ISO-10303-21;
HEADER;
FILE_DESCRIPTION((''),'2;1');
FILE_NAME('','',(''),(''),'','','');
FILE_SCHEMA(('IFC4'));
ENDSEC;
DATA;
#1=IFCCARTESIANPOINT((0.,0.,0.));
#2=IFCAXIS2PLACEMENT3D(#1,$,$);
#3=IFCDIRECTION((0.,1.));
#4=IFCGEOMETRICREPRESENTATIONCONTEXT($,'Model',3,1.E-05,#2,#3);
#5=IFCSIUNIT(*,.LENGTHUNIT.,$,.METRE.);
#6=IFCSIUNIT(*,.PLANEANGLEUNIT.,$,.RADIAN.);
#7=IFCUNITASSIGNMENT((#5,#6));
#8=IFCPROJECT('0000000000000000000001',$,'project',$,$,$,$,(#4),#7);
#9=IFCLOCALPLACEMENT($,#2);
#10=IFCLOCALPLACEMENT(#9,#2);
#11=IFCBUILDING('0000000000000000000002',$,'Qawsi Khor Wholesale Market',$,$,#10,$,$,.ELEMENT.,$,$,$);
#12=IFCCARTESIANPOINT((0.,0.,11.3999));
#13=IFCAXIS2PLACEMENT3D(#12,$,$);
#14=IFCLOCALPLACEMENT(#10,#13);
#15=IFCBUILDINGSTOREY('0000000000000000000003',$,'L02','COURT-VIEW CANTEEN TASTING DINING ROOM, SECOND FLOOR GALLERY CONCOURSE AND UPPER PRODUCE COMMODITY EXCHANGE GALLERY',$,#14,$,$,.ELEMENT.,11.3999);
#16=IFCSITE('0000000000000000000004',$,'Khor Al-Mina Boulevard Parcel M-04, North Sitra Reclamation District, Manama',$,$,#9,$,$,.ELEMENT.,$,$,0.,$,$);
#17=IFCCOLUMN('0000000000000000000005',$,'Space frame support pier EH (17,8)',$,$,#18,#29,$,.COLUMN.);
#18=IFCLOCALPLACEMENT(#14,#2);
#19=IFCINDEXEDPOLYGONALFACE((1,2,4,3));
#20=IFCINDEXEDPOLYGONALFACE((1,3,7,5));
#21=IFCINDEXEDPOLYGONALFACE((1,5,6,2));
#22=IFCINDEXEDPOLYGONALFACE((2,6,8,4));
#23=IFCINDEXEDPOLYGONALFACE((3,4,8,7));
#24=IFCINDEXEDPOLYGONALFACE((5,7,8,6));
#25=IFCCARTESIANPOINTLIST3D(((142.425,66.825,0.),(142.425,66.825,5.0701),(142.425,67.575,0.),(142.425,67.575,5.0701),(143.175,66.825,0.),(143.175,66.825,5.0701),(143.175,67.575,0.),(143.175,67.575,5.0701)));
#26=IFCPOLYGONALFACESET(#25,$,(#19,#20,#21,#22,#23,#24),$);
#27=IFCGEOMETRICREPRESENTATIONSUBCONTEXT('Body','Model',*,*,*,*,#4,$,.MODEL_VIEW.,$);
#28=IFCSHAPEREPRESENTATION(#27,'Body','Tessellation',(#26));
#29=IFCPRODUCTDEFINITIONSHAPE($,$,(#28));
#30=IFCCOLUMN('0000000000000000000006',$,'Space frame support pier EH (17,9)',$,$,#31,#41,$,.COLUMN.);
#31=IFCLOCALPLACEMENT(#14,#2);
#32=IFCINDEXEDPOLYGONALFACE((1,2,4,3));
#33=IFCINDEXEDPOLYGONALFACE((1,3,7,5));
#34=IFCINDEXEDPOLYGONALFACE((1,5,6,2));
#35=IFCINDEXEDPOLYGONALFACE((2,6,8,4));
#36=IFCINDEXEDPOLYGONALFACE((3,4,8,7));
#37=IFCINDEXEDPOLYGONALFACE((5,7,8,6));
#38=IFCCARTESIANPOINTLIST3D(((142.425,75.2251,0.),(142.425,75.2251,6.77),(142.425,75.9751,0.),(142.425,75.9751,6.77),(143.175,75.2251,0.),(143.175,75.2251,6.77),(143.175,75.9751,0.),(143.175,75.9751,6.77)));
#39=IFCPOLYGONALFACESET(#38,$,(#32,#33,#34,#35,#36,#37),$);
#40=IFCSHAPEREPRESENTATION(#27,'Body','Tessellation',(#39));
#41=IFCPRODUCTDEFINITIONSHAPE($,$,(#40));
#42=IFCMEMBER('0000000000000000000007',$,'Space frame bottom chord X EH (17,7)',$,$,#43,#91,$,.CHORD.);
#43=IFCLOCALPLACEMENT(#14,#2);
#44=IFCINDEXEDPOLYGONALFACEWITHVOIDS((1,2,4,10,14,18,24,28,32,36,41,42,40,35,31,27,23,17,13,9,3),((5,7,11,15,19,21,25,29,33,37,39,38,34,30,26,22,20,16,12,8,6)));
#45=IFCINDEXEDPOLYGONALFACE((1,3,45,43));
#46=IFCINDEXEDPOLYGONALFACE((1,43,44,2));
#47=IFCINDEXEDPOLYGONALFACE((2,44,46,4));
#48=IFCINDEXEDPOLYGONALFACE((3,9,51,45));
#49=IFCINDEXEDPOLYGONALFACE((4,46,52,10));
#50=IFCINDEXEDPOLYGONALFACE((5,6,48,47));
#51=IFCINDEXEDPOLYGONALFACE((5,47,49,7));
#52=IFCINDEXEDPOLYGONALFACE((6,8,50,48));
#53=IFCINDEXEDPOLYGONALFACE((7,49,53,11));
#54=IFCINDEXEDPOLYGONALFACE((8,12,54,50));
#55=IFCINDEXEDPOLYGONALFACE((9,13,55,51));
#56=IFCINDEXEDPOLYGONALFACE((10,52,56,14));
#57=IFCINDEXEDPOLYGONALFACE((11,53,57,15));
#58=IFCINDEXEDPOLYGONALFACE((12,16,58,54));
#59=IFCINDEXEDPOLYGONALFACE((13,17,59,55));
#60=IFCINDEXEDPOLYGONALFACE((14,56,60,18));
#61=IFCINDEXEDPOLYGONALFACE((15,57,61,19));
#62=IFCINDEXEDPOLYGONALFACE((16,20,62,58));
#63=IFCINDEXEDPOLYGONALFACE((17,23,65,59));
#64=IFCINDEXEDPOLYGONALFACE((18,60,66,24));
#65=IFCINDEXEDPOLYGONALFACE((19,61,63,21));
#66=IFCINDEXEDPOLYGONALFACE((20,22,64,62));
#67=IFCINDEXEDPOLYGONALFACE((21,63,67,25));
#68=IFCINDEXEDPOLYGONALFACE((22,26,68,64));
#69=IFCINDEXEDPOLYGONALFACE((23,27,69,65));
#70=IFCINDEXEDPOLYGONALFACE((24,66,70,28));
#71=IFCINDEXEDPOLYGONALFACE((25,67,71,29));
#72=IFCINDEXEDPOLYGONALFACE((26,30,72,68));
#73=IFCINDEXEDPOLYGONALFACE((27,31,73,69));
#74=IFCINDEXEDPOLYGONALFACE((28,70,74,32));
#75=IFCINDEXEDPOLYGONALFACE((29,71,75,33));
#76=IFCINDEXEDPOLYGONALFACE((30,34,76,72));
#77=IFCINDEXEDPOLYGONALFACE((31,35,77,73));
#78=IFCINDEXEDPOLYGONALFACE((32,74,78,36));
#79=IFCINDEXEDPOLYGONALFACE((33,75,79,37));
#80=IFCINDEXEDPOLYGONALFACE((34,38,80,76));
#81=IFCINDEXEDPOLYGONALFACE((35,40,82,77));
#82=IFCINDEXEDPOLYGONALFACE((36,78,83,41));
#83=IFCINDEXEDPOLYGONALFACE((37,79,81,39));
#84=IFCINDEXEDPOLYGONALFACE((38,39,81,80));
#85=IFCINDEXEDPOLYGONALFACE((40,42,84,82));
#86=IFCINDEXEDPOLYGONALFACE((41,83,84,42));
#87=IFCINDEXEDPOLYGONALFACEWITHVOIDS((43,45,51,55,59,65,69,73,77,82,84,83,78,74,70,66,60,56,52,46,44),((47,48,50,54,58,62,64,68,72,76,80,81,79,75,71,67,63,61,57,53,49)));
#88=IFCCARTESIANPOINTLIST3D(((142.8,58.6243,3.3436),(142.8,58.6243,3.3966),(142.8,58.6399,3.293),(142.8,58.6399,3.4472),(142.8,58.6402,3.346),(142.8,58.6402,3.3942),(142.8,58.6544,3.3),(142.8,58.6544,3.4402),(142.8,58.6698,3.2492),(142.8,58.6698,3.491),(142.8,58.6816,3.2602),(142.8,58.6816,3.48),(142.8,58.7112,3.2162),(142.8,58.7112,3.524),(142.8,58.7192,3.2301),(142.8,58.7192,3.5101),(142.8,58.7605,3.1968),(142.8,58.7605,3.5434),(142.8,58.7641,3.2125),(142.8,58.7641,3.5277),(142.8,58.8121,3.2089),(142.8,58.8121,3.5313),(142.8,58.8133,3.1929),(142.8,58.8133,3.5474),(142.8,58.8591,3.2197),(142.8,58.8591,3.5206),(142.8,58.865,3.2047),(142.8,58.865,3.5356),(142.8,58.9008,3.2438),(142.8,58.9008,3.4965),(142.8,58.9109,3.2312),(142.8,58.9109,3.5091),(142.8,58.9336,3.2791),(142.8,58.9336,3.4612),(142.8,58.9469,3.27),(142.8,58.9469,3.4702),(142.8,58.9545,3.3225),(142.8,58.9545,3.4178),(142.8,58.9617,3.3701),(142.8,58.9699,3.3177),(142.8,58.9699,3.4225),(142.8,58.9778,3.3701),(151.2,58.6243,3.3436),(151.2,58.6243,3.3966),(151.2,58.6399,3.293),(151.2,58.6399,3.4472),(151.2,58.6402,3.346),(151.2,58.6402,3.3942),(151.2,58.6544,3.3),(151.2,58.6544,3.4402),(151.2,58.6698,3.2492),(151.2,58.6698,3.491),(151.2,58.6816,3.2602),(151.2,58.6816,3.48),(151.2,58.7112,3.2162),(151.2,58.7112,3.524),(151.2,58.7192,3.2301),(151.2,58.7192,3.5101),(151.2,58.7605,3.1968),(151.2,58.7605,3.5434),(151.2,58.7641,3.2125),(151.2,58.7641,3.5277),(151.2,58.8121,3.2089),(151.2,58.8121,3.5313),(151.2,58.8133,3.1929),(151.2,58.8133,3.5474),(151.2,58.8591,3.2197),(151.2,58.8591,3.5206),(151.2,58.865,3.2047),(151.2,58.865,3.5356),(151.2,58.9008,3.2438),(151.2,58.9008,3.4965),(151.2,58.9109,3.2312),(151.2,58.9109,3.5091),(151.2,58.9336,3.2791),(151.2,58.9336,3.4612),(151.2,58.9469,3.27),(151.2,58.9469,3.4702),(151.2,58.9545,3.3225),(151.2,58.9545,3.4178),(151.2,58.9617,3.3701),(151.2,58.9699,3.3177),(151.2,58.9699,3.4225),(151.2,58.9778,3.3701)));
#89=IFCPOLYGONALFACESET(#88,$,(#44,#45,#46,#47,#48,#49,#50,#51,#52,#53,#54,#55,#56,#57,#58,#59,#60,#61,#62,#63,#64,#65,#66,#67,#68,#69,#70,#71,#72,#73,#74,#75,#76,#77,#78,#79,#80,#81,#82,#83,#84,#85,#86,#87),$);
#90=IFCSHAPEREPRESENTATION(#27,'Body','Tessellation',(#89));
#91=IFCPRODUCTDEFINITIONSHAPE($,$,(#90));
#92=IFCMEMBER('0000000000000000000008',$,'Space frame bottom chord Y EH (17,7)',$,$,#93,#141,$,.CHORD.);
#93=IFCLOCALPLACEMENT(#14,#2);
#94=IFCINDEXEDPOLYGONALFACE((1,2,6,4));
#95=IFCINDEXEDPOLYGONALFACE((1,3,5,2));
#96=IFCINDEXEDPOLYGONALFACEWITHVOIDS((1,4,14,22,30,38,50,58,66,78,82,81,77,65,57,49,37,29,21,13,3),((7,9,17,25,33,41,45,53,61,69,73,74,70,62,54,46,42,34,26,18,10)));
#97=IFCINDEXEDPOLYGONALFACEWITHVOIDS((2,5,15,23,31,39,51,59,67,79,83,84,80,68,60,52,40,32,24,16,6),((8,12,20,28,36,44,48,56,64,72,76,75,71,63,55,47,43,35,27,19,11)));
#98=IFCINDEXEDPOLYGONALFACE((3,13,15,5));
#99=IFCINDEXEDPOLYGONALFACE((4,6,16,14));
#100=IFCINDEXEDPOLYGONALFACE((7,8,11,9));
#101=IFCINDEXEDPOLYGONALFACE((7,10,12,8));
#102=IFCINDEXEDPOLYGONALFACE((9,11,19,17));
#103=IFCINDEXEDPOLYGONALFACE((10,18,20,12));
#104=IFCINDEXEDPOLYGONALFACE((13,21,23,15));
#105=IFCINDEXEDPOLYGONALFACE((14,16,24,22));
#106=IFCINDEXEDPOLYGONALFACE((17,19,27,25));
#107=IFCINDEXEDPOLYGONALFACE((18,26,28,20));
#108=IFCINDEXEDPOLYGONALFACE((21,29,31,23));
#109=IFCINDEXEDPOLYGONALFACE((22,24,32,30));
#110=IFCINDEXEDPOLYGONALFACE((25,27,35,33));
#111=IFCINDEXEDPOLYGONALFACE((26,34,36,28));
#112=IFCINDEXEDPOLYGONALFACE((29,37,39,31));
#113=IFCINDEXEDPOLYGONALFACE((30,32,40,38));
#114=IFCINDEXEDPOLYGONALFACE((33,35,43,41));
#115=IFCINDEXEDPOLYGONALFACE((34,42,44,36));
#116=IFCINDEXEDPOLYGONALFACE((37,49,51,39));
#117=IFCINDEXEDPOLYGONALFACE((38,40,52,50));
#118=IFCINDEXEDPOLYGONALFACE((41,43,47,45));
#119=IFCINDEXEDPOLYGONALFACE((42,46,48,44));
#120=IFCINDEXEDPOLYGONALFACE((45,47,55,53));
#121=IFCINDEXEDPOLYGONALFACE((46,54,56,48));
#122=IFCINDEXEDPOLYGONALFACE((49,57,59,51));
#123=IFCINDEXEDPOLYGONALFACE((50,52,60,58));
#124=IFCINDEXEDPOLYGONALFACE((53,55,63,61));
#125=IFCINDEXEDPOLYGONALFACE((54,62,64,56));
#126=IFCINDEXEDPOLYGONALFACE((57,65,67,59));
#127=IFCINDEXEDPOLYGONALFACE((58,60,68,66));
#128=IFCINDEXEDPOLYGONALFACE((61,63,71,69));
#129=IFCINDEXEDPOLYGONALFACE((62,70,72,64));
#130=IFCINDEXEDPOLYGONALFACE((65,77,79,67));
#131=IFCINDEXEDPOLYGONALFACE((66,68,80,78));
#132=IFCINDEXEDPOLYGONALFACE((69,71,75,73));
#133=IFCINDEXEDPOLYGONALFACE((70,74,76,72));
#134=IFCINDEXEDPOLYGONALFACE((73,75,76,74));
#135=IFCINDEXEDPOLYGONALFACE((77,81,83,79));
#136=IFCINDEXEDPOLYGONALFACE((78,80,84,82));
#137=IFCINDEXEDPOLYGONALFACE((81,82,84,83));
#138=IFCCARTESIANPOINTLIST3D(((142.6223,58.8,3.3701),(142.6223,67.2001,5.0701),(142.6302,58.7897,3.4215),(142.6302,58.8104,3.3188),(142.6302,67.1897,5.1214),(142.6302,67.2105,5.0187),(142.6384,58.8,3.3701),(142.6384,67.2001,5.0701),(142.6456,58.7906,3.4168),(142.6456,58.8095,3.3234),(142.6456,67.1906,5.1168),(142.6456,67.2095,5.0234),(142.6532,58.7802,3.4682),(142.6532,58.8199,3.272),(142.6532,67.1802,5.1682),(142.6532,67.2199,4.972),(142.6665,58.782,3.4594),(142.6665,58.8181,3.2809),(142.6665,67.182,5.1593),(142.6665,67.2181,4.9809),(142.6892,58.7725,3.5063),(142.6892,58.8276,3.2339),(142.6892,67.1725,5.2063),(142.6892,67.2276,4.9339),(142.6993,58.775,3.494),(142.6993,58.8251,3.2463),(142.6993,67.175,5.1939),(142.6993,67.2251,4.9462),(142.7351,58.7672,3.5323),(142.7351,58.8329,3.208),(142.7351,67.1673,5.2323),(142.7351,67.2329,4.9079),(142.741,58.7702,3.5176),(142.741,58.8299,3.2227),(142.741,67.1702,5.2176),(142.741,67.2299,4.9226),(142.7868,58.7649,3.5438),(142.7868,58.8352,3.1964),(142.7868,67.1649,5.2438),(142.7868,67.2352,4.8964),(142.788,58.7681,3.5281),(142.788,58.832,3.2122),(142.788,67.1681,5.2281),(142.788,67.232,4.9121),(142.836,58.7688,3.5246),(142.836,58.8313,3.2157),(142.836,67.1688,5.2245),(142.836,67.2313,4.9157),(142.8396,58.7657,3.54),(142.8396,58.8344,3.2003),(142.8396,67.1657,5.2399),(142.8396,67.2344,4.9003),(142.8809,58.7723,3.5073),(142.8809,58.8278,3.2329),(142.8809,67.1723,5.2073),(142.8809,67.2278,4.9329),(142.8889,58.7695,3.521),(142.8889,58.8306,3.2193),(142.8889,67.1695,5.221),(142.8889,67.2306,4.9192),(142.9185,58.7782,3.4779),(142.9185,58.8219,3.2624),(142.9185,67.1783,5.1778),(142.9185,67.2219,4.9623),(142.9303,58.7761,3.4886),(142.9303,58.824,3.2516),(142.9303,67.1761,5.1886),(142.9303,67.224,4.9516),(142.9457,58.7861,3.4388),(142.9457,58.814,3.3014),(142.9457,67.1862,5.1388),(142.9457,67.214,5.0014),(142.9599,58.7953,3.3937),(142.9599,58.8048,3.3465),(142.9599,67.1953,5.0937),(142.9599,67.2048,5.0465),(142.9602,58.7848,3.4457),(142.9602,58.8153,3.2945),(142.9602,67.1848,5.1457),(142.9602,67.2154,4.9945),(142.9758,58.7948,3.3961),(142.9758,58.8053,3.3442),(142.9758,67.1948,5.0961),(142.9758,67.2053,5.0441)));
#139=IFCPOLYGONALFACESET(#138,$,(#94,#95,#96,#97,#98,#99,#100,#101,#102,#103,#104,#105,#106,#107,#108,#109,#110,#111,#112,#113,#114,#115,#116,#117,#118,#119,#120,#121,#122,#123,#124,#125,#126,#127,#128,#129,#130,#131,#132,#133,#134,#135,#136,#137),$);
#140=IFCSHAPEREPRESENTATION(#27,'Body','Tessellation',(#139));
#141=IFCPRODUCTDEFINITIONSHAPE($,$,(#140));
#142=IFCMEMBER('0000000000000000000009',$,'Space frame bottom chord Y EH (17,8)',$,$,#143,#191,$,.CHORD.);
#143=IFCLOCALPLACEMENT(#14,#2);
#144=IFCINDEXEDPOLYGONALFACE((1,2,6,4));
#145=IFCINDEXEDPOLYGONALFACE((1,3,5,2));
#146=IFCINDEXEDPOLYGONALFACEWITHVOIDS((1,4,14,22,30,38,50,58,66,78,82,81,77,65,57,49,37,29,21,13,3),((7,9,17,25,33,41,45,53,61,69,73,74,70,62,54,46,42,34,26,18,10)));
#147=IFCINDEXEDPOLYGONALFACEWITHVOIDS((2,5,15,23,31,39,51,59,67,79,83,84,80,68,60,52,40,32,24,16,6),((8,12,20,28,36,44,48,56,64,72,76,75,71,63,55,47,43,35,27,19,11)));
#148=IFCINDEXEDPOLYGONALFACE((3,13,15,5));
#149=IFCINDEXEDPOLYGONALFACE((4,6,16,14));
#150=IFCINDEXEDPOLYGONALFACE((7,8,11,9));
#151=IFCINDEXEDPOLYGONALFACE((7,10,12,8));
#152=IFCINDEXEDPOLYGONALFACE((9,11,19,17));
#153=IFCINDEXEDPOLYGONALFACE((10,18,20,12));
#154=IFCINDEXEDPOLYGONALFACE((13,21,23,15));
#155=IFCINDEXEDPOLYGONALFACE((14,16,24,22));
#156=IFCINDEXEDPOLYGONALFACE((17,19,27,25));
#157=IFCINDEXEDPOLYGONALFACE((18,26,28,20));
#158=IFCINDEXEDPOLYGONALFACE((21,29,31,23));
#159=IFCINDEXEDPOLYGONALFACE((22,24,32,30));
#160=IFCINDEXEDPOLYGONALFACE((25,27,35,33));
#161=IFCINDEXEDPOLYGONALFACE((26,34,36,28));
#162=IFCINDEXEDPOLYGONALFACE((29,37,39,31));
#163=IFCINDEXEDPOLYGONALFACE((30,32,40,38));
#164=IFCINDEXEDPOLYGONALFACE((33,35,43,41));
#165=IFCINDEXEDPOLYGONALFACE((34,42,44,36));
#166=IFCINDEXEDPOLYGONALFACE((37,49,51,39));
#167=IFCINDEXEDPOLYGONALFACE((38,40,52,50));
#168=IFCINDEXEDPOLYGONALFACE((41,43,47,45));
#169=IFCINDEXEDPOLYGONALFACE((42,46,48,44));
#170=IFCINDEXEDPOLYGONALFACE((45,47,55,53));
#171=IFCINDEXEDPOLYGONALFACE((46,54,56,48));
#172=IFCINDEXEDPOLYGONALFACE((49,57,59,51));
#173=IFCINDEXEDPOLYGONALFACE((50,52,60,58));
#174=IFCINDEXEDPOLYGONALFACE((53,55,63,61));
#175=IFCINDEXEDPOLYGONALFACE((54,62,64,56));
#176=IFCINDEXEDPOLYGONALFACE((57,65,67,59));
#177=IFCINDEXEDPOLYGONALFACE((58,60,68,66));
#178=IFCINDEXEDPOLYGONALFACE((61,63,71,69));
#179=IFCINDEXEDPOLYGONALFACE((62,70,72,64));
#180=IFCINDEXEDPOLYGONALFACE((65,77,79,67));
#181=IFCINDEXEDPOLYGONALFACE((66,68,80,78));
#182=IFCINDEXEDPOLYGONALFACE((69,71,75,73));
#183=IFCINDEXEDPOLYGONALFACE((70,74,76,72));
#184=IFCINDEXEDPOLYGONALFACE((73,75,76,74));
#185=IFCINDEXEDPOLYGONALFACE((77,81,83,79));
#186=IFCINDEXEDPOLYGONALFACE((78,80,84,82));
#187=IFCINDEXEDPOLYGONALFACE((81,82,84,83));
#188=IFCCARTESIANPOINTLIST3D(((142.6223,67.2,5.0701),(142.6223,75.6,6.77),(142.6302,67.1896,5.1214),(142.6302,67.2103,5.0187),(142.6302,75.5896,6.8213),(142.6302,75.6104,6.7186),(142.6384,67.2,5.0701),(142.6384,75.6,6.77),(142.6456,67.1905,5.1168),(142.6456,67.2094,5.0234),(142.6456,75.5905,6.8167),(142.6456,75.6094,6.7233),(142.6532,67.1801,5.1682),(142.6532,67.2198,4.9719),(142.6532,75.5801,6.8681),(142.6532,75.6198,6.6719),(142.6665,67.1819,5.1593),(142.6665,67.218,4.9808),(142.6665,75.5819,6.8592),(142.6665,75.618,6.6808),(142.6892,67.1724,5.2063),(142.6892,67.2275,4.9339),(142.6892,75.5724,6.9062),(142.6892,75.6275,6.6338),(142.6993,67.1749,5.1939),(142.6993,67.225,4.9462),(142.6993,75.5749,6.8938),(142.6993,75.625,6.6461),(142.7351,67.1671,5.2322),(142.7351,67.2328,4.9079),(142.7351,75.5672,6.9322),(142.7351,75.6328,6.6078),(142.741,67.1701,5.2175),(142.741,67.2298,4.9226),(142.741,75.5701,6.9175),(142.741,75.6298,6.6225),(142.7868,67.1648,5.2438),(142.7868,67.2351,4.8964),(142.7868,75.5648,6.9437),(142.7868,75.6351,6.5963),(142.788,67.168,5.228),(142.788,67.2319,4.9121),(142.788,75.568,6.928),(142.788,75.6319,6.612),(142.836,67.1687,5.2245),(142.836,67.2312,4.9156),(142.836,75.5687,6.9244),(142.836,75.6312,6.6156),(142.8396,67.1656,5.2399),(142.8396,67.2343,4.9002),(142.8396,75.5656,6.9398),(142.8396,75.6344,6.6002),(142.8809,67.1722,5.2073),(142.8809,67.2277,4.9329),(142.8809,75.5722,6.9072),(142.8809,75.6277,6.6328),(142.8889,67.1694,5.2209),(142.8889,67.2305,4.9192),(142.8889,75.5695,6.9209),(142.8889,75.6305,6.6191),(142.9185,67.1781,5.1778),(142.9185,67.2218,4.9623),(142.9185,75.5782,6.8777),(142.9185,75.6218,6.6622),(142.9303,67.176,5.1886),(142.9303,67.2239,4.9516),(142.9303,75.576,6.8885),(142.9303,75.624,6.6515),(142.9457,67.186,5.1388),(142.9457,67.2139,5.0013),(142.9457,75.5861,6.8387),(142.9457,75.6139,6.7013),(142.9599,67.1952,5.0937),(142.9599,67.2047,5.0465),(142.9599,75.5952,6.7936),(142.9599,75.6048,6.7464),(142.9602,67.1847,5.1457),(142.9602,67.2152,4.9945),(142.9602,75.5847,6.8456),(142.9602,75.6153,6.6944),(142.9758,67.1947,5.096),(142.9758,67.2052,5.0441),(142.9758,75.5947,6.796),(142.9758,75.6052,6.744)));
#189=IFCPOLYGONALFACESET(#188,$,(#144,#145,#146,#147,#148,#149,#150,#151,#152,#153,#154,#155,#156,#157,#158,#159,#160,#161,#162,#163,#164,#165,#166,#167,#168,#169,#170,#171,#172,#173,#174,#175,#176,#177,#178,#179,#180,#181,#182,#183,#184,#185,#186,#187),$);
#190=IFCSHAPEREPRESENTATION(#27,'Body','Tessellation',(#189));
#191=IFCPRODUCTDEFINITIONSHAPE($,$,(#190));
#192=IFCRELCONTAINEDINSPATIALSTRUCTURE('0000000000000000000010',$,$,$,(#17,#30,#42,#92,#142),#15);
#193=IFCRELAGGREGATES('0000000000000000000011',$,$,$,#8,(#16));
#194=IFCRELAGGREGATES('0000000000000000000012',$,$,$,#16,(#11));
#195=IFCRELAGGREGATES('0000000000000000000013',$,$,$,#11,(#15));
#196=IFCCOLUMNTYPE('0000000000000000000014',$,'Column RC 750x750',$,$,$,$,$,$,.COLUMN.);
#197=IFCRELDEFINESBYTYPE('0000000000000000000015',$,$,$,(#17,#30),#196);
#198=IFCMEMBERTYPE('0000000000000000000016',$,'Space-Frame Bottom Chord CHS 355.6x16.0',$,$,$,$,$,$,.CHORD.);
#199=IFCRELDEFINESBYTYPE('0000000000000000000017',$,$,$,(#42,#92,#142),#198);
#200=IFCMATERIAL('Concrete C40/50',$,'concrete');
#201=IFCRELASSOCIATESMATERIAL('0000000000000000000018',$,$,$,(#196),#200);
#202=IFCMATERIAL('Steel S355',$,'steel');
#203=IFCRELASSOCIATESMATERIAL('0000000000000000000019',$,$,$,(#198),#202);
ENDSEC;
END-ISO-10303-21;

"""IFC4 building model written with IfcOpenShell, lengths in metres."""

from ifc_helpers import new_model, si_unit, direction, frame, origin, origin_2d, place, context, subcontext, project, spatial, rectangle, hollow_circle, extrude, material, material_profile, profile_set, type_object, element, save


model = new_model("IFC4")

# Units and contexts
model_context = context("Model", 3, precision=1e-05, world=origin(), true_north=direction((0.0, 1.0)))
body_context = subcontext(model_context, "Body", "Model", "MODEL_VIEW")
ifc_project = project(units=[si_unit("LENGTHUNIT", "METRE"), si_unit("PLANEANGLEUNIT", "RADIAN")], contexts=[model_context])

# Site, building, storey
site_placement = place(None, origin())
site = spatial("IfcSite", under=ifc_project, at=site_placement, Name="Khor Al-Mina Boulevard Parcel M-04, North Sitra Reclamation District, Manama", CompositionType="ELEMENT", RefElevation=0.0)
building_placement = place(site_placement, origin())
building = spatial("IfcBuilding", under=site, at=building_placement, Name="Qawsi Khor Wholesale Market", CompositionType="ELEMENT")
storey_placement = place(building_placement, frame((0.0, 0.0, 11.3999)))
storey = spatial("IfcBuildingStorey", under=building, at=storey_placement, Name="L02", Description="COURT-VIEW CANTEEN TASTING DINING ROOM, SECOND FLOOR GALLERY CONCOURSE AND UPPER PRODUCE COMMODITY EXCHANGE GALLERY", CompositionType="ELEMENT", Elevation=11.3999)

# Columns
ifc_material_1 = material(Name="Concrete C40/50", Category="concrete")
ifc_material_profile_1 = material_profile(ifc_material_1, rectangle(XDim=0.75, YDim=0.75, at=origin_2d()), Name="RC 750x750")
ifc_profile_set_1 = profile_set([ifc_material_profile_1], Name="Concrete C40/50")
column_type = type_object("IfcColumnType", Name="Column RC 750x750", PredefinedType="COLUMN", material=ifc_profile_set_1)
column_1_placement = place(storey_placement, frame((142.8, 67.2, 0.0), z_axis=(0.0, 0.0, 1.0), x_axis=(1.0, 0.0, 0.0)))
element("IfcColumn", 1, at=column_1_placement, inside=storey, type_object=column_type, Name="Space frame support pier EH (17,8)", PredefinedType="COLUMN", context=body_context, shape_type="SweptSolid", body=[
    extrude(rectangle(XDim=0.75, YDim=0.75, at=origin_2d()), origin(), (0.0, 0.0, 1.0), 5.0701),
])
column_2_placement = place(storey_placement, frame((142.8, 75.6001, 0.0), z_axis=(0.0, 0.0, 1.0), x_axis=(1.0, 0.0, 0.0)))
element("IfcColumn", 2, at=column_2_placement, inside=storey, type_object=column_type, Name="Space frame support pier EH (17,9)", PredefinedType="COLUMN", context=body_context, shape_type="SweptSolid", body=[
    extrude(rectangle(XDim=0.75, YDim=0.75, at=origin_2d()), origin(), (0.0, 0.0, 1.0), 6.77),
])

# Members
ifc_material_2 = material(Name="Steel S355", Category="steel")
ifc_material_profile_2 = material_profile(ifc_material_2, hollow_circle(Radius=0.1777, WallThickness=0.0161, at=origin_2d()), Name="CHS 355.6x16.0")
ifc_profile_set_2 = profile_set([ifc_material_profile_2], Name="Steel S355")
member_type_1 = type_object("IfcMemberType", Name="Space-Frame Bottom Chord CHS 355.6x16.0", PredefinedType="CHORD", material=ifc_profile_set_2)
member_1_placement = place(storey_placement, frame((142.8, 58.8, 3.3701), z_axis=(1.0, 0.0, 0.0), x_axis=(0.0, 1.0, 0.0)))
element("IfcMember", 3, at=member_1_placement, inside=storey, type_object=member_type_1, Name="Space frame bottom chord X EH (17,7)", PredefinedType="CHORD", context=body_context, shape_type="SweptSolid", body=[
    extrude(hollow_circle(Radius=0.1777, WallThickness=0.0161, at=origin_2d()), origin(), (0.0, 0.0, 1.0), 8.3999),
])
for number, where, z_axis, x_axis, name in (
    (4, (142.8, 58.8, 3.3701), (0.0, 0.98013, 0.198356), (-1.0, 0.0, 0.0), "Space frame bottom chord Y EH (17,7)"),
    (5, (142.8, 67.2, 5.0701), (0.0, 0.980131, 0.198351), (-1.0, 0.0, 0.0), "Space frame bottom chord Y EH (17,8)"),
):
    element("IfcMember", number, at=place(storey_placement, frame(where, z_axis=z_axis, x_axis=x_axis)), inside=storey, type_object=member_type_1, Name=name, PredefinedType="CHORD", context=body_context, shape_type="SweptSolid", body=[
        extrude(hollow_circle(Radius=0.1777, WallThickness=0.0161, at=origin_2d()), origin(), (0.0, 0.0, 1.0), 8.5703),
    ])

save(model, "model.ifc")
